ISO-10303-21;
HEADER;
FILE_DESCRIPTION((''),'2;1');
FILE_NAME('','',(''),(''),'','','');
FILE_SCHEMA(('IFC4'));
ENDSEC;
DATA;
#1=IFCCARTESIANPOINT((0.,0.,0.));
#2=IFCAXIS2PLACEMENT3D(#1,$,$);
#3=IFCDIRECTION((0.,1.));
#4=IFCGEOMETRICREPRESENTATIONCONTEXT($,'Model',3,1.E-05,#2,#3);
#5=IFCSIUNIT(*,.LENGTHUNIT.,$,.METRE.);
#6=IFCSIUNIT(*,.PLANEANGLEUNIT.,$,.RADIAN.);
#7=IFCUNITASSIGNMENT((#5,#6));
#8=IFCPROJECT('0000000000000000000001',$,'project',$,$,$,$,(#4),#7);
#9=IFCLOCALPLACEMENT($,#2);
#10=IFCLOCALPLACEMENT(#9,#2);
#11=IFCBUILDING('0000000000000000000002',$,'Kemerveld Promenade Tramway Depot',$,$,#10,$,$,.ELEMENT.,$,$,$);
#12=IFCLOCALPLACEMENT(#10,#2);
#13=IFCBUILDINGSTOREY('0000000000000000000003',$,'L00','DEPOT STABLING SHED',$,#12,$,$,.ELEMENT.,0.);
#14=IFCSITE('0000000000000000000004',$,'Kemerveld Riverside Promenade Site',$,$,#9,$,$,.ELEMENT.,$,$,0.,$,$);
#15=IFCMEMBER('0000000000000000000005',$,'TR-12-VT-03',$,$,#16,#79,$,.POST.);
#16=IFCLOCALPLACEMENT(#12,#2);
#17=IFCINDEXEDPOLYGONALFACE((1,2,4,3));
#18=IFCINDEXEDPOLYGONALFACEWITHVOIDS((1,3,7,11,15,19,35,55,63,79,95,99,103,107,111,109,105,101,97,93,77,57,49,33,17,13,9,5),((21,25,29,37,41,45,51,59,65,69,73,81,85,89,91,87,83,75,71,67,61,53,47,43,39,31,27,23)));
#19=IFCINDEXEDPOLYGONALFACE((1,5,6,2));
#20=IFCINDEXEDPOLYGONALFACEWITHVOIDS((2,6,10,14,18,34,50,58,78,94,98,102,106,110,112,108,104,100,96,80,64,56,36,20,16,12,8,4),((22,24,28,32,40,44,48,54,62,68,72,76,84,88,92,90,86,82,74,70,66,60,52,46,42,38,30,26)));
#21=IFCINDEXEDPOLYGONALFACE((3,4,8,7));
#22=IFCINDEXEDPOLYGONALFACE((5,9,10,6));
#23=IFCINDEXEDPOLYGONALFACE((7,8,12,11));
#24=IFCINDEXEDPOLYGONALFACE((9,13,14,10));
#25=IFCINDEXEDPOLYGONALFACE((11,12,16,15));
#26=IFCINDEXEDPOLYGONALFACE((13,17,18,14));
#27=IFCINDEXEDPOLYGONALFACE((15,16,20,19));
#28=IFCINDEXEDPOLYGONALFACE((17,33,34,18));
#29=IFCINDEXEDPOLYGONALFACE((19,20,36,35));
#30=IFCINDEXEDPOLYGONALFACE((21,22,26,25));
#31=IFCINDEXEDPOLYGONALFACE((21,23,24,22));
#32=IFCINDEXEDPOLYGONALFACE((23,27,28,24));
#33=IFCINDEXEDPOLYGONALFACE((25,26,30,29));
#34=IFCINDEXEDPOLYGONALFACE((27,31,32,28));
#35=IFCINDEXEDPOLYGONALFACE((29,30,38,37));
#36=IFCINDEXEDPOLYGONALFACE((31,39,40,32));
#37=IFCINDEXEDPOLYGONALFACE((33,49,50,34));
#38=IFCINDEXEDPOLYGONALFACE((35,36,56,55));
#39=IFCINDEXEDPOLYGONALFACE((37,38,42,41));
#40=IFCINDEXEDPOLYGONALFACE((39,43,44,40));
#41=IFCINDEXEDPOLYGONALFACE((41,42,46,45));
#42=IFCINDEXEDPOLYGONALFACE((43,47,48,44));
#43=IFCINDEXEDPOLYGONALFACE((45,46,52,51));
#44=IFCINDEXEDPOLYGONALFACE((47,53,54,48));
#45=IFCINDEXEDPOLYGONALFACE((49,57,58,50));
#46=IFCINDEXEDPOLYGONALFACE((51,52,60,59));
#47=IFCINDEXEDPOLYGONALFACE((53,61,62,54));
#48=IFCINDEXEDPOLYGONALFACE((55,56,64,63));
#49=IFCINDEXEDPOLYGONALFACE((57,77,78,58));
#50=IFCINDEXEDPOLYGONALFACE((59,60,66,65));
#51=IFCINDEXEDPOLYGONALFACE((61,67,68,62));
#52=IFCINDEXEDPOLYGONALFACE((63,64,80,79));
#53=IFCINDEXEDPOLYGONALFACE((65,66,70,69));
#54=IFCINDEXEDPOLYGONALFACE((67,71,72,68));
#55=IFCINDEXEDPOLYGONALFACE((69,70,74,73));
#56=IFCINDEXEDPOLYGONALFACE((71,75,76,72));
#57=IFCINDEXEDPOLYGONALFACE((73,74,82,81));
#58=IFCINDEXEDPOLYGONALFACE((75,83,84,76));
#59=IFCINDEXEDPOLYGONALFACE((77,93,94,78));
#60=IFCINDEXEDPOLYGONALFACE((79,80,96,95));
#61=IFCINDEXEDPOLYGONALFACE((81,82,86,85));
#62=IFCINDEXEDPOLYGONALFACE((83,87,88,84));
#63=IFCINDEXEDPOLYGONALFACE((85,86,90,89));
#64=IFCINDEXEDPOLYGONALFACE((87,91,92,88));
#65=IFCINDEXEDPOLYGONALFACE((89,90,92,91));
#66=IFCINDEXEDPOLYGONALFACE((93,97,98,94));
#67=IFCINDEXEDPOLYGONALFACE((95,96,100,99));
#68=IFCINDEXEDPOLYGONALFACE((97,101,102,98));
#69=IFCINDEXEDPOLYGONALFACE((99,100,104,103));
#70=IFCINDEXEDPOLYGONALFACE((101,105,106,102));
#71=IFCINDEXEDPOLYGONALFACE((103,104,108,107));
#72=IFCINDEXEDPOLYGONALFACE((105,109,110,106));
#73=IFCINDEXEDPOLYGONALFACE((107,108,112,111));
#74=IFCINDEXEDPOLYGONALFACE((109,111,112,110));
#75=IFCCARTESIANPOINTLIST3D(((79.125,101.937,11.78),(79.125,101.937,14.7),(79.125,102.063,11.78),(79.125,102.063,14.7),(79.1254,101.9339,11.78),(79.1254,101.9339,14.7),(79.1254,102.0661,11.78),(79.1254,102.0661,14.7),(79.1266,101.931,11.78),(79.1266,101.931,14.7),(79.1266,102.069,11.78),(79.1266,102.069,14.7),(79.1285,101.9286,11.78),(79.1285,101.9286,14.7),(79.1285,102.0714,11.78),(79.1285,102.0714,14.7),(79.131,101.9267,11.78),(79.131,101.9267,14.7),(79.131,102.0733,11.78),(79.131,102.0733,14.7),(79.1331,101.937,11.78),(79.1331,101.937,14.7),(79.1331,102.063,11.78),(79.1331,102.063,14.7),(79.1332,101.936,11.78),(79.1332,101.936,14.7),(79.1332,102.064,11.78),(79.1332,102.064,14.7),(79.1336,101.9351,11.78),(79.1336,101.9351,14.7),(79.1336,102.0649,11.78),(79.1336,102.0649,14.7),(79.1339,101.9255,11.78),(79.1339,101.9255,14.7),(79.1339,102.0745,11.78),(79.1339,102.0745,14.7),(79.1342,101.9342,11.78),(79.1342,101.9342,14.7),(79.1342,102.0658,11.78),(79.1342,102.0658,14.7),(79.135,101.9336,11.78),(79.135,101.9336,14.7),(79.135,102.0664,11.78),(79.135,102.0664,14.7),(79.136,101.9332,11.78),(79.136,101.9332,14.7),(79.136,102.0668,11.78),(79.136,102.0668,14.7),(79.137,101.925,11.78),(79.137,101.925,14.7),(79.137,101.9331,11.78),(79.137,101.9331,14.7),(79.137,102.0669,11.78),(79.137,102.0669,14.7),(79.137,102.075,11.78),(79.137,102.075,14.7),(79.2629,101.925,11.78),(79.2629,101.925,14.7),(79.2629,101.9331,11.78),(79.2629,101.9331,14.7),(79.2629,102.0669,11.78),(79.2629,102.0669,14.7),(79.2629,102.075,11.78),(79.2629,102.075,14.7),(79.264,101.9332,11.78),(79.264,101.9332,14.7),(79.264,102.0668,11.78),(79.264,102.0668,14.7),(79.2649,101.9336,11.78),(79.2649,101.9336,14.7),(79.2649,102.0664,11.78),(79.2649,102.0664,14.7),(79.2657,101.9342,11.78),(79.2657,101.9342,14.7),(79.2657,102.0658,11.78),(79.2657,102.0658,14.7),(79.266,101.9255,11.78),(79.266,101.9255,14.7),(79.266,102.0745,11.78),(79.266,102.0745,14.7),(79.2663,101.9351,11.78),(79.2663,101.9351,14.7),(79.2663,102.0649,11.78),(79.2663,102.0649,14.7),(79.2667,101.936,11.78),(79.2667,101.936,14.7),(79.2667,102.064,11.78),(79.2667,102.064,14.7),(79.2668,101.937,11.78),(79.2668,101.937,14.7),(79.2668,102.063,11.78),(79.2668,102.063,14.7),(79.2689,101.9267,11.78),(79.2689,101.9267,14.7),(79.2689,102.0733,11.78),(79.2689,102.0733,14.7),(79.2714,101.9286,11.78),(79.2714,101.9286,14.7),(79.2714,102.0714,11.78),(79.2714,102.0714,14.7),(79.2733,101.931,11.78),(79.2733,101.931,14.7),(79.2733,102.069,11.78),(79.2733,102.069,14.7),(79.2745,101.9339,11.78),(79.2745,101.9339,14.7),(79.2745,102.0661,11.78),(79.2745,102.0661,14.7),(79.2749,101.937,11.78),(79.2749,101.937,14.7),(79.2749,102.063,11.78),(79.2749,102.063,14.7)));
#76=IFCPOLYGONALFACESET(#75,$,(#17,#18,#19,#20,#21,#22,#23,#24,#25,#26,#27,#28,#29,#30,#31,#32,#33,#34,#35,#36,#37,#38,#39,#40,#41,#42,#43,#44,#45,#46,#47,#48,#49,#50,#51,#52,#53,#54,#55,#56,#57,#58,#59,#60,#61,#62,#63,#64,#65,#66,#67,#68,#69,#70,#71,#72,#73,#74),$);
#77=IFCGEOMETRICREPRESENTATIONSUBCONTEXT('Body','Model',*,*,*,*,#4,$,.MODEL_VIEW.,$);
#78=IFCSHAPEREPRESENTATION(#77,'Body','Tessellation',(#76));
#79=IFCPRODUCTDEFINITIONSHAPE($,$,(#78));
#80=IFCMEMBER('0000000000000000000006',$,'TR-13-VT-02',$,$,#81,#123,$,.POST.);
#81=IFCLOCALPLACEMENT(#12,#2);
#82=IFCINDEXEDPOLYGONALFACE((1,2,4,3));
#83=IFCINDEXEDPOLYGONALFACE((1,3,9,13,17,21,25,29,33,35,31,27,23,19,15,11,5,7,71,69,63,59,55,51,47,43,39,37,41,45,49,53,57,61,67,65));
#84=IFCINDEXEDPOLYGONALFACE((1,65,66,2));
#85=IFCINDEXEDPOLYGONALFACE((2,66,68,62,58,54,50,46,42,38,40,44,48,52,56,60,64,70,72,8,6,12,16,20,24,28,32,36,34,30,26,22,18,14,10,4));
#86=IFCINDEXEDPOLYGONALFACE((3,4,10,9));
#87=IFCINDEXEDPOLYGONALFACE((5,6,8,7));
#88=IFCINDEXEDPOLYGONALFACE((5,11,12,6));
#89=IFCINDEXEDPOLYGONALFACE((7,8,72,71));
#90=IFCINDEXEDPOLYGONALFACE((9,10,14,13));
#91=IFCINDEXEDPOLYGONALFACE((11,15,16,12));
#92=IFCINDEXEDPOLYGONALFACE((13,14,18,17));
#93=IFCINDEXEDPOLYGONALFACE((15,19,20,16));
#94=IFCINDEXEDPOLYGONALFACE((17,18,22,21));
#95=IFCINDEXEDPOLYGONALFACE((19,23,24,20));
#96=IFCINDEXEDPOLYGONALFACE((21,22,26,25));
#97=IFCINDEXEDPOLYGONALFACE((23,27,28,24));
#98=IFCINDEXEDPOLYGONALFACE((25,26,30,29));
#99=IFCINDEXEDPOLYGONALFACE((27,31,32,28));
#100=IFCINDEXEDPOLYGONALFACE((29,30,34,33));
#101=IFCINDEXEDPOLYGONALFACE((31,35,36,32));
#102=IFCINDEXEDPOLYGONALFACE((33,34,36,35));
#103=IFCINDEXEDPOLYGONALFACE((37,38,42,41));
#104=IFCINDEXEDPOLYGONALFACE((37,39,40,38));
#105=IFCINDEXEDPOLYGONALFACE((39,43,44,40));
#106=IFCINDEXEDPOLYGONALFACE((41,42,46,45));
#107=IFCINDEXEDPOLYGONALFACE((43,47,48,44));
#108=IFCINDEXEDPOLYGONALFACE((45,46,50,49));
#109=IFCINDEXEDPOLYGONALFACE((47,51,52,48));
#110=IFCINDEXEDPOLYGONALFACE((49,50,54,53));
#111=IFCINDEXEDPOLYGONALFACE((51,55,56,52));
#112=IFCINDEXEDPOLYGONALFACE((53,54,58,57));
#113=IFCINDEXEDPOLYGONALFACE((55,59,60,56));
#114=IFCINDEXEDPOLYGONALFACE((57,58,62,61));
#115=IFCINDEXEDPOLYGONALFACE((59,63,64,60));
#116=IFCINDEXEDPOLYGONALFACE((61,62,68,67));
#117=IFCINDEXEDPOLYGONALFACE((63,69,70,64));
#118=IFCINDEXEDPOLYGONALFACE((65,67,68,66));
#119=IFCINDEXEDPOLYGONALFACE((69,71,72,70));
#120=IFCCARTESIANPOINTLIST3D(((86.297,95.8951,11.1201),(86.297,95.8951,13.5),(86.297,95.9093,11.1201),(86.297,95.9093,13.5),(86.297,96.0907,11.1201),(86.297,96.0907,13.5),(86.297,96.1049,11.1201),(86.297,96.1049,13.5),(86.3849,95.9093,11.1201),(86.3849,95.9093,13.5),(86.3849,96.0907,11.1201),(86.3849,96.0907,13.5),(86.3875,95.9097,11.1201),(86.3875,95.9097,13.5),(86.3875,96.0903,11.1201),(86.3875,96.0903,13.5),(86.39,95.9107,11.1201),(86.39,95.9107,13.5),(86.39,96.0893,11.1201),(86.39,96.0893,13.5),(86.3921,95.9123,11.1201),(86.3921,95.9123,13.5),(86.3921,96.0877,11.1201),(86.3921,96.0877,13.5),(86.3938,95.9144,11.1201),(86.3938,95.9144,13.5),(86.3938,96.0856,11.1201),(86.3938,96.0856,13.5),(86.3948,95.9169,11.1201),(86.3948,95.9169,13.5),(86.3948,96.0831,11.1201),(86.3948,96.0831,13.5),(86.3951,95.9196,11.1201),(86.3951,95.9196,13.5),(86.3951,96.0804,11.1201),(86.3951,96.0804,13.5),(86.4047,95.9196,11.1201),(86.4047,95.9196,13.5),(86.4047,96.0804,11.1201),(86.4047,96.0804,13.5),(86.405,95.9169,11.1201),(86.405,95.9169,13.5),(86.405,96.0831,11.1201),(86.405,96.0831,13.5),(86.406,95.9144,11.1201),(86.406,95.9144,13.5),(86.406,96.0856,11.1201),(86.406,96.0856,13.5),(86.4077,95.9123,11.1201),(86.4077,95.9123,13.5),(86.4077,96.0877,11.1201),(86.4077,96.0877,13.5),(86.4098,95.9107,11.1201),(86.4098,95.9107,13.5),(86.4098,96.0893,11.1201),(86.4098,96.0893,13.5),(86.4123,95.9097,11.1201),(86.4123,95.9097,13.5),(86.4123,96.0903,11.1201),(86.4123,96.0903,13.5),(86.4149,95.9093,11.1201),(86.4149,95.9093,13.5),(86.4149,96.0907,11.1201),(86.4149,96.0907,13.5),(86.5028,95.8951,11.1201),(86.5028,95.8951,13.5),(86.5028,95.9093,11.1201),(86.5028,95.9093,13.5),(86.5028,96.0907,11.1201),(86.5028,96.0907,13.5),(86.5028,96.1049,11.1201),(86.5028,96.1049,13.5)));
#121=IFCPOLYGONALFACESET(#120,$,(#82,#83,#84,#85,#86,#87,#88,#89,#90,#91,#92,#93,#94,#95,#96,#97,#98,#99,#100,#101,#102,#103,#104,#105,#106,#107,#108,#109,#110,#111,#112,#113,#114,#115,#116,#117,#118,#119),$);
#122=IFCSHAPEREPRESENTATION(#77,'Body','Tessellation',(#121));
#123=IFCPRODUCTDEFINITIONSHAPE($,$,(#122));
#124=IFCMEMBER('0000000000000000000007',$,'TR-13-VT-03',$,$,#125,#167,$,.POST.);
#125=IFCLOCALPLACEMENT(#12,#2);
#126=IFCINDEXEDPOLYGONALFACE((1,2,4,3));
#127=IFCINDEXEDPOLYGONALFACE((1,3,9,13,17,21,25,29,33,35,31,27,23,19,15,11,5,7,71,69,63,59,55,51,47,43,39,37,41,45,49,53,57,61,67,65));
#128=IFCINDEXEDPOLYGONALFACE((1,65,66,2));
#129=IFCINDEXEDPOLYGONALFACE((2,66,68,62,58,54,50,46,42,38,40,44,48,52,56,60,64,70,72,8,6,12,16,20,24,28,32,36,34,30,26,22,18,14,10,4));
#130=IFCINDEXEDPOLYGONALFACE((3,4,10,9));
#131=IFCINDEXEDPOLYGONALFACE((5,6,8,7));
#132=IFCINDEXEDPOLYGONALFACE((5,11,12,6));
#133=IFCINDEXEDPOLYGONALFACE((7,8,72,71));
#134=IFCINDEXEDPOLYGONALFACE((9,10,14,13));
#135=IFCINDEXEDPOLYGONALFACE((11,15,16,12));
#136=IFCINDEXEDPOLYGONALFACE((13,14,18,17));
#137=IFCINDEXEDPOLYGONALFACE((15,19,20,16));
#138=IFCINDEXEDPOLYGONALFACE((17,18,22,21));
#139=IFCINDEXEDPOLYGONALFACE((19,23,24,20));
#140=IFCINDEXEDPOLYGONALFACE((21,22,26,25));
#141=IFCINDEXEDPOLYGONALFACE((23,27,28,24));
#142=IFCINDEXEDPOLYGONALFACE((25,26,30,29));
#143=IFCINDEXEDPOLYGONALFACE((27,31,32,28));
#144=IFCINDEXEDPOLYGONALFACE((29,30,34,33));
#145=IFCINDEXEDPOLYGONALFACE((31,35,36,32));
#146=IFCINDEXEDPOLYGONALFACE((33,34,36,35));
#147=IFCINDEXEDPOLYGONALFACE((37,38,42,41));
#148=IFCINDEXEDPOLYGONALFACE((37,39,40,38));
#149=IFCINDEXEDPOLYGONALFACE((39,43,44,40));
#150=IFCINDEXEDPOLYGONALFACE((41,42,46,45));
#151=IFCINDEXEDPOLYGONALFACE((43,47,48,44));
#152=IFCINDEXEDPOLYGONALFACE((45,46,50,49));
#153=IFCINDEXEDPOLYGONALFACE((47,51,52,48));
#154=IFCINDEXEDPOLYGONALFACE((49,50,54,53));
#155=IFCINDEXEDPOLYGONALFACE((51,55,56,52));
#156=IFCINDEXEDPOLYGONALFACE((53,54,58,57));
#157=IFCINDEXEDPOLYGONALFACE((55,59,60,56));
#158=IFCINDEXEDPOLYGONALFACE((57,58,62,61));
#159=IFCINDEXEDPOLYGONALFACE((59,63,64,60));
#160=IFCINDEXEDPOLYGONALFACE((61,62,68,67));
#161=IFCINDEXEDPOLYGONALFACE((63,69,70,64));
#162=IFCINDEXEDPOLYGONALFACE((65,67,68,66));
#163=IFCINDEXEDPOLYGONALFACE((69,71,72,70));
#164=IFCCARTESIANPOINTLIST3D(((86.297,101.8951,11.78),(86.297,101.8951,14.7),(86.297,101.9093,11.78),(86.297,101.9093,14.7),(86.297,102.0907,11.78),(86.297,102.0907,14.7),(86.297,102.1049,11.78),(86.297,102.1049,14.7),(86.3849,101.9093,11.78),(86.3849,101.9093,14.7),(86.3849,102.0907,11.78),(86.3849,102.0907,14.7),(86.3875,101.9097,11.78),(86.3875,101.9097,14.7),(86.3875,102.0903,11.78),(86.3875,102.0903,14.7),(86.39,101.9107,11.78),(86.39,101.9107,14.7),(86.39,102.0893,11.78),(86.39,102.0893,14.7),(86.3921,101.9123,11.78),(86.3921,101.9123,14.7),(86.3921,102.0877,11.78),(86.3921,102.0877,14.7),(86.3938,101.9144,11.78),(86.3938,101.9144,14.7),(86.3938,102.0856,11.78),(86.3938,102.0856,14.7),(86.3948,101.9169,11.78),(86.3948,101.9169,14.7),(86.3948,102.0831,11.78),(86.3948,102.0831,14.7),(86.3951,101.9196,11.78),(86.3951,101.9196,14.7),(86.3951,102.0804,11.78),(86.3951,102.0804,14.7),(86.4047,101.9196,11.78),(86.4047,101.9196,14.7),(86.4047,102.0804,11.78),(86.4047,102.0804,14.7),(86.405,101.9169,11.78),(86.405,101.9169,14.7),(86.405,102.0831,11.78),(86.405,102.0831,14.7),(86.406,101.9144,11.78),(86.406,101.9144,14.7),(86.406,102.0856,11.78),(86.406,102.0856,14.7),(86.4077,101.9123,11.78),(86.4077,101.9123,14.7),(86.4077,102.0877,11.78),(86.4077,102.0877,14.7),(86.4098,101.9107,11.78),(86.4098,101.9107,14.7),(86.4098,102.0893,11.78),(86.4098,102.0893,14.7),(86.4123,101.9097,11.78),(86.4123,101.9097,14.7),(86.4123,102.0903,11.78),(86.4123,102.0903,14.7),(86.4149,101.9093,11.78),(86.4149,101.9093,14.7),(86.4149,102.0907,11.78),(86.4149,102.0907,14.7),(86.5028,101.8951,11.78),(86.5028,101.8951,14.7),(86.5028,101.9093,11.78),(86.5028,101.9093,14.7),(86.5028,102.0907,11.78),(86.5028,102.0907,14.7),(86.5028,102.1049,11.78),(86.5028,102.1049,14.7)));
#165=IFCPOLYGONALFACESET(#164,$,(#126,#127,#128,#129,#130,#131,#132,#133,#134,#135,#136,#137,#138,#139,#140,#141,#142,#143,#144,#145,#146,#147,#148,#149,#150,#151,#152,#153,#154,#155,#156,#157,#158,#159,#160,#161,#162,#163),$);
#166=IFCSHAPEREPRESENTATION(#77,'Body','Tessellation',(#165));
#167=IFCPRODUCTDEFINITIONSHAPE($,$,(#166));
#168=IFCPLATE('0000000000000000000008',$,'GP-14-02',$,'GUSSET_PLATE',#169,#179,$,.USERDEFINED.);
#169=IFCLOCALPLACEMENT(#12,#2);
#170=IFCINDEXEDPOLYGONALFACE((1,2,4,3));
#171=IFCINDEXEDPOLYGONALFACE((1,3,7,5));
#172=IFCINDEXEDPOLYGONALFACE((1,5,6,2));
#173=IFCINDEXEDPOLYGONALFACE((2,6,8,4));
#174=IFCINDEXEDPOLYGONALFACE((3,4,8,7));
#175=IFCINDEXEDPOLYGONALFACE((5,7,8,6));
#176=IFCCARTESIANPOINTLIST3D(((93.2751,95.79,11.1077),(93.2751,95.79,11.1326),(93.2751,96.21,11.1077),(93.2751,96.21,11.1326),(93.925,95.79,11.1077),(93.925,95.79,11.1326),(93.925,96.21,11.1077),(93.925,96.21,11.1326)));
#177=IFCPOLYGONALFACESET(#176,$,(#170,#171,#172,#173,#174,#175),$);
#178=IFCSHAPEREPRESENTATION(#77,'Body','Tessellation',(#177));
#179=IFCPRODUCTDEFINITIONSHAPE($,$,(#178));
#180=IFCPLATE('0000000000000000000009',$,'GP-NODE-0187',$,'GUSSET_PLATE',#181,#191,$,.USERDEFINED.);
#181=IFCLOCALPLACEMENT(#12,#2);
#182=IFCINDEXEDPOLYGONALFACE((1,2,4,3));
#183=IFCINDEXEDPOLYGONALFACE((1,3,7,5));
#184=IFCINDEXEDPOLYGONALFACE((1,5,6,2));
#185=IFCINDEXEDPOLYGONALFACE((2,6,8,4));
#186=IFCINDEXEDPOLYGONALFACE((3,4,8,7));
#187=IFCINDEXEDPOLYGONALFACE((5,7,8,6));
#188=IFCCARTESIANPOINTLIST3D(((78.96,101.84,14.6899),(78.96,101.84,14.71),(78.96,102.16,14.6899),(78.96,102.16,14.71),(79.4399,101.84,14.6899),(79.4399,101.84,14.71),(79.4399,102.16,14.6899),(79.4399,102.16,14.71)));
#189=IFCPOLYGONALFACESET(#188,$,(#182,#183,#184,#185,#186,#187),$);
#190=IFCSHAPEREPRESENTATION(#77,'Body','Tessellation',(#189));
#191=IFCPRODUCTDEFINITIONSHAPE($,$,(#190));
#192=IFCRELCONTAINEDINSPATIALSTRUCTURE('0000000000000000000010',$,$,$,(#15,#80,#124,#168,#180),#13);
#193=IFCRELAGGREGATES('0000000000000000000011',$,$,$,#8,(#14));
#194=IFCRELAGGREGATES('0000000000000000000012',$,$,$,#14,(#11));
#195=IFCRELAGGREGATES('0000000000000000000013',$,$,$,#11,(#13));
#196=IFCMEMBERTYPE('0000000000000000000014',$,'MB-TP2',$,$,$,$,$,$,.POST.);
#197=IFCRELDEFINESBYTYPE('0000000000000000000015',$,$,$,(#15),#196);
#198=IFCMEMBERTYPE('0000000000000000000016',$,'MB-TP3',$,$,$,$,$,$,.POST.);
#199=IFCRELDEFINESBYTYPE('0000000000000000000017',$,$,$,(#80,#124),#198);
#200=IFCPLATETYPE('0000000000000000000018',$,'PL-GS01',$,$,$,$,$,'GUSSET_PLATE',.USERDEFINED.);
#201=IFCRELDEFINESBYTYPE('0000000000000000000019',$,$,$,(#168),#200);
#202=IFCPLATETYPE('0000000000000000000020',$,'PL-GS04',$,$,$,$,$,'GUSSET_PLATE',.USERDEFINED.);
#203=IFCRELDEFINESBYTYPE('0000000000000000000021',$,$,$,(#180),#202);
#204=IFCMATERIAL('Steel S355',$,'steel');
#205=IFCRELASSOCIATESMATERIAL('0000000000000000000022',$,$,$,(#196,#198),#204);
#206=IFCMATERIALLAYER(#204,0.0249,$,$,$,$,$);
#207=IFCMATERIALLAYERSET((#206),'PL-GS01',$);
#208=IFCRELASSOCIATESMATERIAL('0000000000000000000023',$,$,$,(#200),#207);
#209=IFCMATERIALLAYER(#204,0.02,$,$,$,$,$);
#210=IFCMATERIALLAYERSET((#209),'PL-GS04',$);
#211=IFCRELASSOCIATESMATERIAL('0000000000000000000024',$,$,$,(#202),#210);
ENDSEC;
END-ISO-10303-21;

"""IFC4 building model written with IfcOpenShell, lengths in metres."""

from ifc_helpers import new_model, si_unit, direction, frame, origin, origin_2d, place, context, subcontext, project, spatial, rectangle, hollow_rectangle, i_section, extrude, material, layer, layer_set, material_profile, profile_set, type_object, element, save


model = new_model("IFC4")

# Units and contexts
model_context = context("Model", 3, precision=1e-05, world=origin(), true_north=direction((0.0, 1.0)))
body_context = subcontext(model_context, "Body", "Model", "MODEL_VIEW")
ifc_project = project(units=[si_unit("LENGTHUNIT", "METRE"), si_unit("PLANEANGLEUNIT", "RADIAN")], contexts=[model_context])

# Site, building, storey
site_placement = place(None, origin())
site = spatial("IfcSite", under=ifc_project, at=site_placement, Name="Kemerveld Riverside Promenade Site", CompositionType="ELEMENT", RefElevation=0.0)
building_placement = place(site_placement, origin())
building = spatial("IfcBuilding", under=site, at=building_placement, Name="Kemerveld Promenade Tramway Depot", CompositionType="ELEMENT")
storey_placement = place(building_placement, origin())
storey = spatial("IfcBuildingStorey", under=building, at=storey_placement, Name="L00", Description="DEPOT STABLING SHED", CompositionType="ELEMENT", Elevation=0.0)

# Members
ifc_material_1 = material(Name="Steel S355", Category="steel")
ifc_material_profile_1 = material_profile(ifc_material_1, hollow_rectangle(XDim=0.1499, YDim=0.1499, WallThickness=0.0081, InnerFilletRadius=0.0039, OuterFilletRadius=0.012, at=origin_2d()), Name="150x150x8.0 SHS")
ifc_profile_set_1 = profile_set([ifc_material_profile_1], Name="Steel S355")
member_type_1 = type_object("IfcMemberType", Name="MB-TP2", PredefinedType="POST", material=ifc_profile_set_1)
member_1_placement = place(storey_placement, frame((79.2, 102.0, 11.78), z_axis=(0.0, 0.0, 1.0), x_axis=(1.0, 0.0, 0.0)))
element("IfcMember", 1, at=member_1_placement, inside=storey, type_object=member_type_1, Name="TR-12-VT-03", PredefinedType="POST", context=body_context, shape_type="SweptSolid", body=[
    extrude(hollow_rectangle(XDim=0.1499, YDim=0.1499, WallThickness=0.0081, InnerFilletRadius=0.0039, OuterFilletRadius=0.012, at=origin_2d()), origin(), (0.0, 0.0, 1.0), 2.9199),
])
ifc_material_profile_2 = material_profile(ifc_material_1, i_section(OverallWidth=0.2058, OverallDepth=0.2097, WebThickness=0.0095, FlangeThickness=0.0142, FilletRadius=0.0103, at=origin_2d()), Name="203x203x60 UC")
ifc_profile_set_2 = profile_set([ifc_material_profile_2], Name="Steel S355")
member_type_2 = type_object("IfcMemberType", Name="MB-TP3", PredefinedType="POST", material=ifc_profile_set_2)
member_2_placement = place(storey_placement, frame((86.3999, 96.0, 11.1201), z_axis=(0.0, 0.0, 1.0), x_axis=(1.0, 0.0, 0.0)))
element("IfcMember", 2, at=member_2_placement, inside=storey, type_object=member_type_2, Name="TR-13-VT-02", PredefinedType="POST", context=body_context, shape_type="SweptSolid", body=[
    extrude(i_section(OverallWidth=0.2058, OverallDepth=0.2097, WebThickness=0.0095, FlangeThickness=0.0142, FilletRadius=0.0103, at=origin_2d()), origin(), (0.0, 0.0, 1.0), 2.3799),
])
member_3_placement = place(storey_placement, frame((86.3999, 102.0, 11.78), z_axis=(0.0, 0.0, 1.0), x_axis=(1.0, 0.0, 0.0)))
element("IfcMember", 3, at=member_3_placement, inside=storey, type_object=member_type_2, Name="TR-13-VT-03", PredefinedType="POST", context=body_context, shape_type="SweptSolid", body=[
    extrude(i_section(OverallWidth=0.2058, OverallDepth=0.2097, WebThickness=0.0095, FlangeThickness=0.0142, FilletRadius=0.0103, at=origin_2d()), origin(), (0.0, 0.0, 1.0), 2.9199),
])

# Plates
ifc_layer_1 = layer(ifc_material_1, 0.0249)
ifc_layer_set_1 = layer_set([ifc_layer_1], Name="PL-GS01")
plate_type_1 = type_object("IfcPlateType", Name="PL-GS01", ElementType="GUSSET_PLATE", PredefinedType="USERDEFINED", material=ifc_layer_set_1)
plate_1_placement = place(storey_placement, frame((93.6001, 96.0, 11.1077), z_axis=(0.0, 0.0, 1.0), x_axis=(1.0, 0.0, 0.0)))
element("IfcPlate", 4, at=plate_1_placement, inside=storey, type_object=plate_type_1, Name="GP-14-02", ObjectType="GUSSET_PLATE", PredefinedType="USERDEFINED", context=body_context, shape_type="SweptSolid", body=[
    extrude(rectangle(XDim=0.6499, YDim=0.4199, at=origin_2d()), origin(), (0.0, 0.0, 1.0), 0.0249),
])
ifc_layer_2 = layer(ifc_material_1, 0.02)
ifc_layer_set_2 = layer_set([ifc_layer_2], Name="PL-GS04")
plate_type_2 = type_object("IfcPlateType", Name="PL-GS04", ElementType="GUSSET_PLATE", PredefinedType="USERDEFINED", material=ifc_layer_set_2)
for number, where, z_axis, x_axis, name in (
    (5, (79.2, 102.0, 14.6899), (0.0, 0.0, 1.0), (1.0, 0.0, 0.0), "GP-NODE-0187"),
):
    element("IfcPlate", number, at=place(storey_placement, frame(where, z_axis=z_axis, x_axis=x_axis)), inside=storey, type_object=plate_type_2, Name=name, ObjectType="GUSSET_PLATE", PredefinedType="USERDEFINED", context=body_context, shape_type="SweptSolid", body=[
        extrude(rectangle(XDim=0.48, YDim=0.3201, at=origin_2d()), origin(), (0.0, 0.0, 1.0), 0.02),
    ])

save(model, "model.ifc")
